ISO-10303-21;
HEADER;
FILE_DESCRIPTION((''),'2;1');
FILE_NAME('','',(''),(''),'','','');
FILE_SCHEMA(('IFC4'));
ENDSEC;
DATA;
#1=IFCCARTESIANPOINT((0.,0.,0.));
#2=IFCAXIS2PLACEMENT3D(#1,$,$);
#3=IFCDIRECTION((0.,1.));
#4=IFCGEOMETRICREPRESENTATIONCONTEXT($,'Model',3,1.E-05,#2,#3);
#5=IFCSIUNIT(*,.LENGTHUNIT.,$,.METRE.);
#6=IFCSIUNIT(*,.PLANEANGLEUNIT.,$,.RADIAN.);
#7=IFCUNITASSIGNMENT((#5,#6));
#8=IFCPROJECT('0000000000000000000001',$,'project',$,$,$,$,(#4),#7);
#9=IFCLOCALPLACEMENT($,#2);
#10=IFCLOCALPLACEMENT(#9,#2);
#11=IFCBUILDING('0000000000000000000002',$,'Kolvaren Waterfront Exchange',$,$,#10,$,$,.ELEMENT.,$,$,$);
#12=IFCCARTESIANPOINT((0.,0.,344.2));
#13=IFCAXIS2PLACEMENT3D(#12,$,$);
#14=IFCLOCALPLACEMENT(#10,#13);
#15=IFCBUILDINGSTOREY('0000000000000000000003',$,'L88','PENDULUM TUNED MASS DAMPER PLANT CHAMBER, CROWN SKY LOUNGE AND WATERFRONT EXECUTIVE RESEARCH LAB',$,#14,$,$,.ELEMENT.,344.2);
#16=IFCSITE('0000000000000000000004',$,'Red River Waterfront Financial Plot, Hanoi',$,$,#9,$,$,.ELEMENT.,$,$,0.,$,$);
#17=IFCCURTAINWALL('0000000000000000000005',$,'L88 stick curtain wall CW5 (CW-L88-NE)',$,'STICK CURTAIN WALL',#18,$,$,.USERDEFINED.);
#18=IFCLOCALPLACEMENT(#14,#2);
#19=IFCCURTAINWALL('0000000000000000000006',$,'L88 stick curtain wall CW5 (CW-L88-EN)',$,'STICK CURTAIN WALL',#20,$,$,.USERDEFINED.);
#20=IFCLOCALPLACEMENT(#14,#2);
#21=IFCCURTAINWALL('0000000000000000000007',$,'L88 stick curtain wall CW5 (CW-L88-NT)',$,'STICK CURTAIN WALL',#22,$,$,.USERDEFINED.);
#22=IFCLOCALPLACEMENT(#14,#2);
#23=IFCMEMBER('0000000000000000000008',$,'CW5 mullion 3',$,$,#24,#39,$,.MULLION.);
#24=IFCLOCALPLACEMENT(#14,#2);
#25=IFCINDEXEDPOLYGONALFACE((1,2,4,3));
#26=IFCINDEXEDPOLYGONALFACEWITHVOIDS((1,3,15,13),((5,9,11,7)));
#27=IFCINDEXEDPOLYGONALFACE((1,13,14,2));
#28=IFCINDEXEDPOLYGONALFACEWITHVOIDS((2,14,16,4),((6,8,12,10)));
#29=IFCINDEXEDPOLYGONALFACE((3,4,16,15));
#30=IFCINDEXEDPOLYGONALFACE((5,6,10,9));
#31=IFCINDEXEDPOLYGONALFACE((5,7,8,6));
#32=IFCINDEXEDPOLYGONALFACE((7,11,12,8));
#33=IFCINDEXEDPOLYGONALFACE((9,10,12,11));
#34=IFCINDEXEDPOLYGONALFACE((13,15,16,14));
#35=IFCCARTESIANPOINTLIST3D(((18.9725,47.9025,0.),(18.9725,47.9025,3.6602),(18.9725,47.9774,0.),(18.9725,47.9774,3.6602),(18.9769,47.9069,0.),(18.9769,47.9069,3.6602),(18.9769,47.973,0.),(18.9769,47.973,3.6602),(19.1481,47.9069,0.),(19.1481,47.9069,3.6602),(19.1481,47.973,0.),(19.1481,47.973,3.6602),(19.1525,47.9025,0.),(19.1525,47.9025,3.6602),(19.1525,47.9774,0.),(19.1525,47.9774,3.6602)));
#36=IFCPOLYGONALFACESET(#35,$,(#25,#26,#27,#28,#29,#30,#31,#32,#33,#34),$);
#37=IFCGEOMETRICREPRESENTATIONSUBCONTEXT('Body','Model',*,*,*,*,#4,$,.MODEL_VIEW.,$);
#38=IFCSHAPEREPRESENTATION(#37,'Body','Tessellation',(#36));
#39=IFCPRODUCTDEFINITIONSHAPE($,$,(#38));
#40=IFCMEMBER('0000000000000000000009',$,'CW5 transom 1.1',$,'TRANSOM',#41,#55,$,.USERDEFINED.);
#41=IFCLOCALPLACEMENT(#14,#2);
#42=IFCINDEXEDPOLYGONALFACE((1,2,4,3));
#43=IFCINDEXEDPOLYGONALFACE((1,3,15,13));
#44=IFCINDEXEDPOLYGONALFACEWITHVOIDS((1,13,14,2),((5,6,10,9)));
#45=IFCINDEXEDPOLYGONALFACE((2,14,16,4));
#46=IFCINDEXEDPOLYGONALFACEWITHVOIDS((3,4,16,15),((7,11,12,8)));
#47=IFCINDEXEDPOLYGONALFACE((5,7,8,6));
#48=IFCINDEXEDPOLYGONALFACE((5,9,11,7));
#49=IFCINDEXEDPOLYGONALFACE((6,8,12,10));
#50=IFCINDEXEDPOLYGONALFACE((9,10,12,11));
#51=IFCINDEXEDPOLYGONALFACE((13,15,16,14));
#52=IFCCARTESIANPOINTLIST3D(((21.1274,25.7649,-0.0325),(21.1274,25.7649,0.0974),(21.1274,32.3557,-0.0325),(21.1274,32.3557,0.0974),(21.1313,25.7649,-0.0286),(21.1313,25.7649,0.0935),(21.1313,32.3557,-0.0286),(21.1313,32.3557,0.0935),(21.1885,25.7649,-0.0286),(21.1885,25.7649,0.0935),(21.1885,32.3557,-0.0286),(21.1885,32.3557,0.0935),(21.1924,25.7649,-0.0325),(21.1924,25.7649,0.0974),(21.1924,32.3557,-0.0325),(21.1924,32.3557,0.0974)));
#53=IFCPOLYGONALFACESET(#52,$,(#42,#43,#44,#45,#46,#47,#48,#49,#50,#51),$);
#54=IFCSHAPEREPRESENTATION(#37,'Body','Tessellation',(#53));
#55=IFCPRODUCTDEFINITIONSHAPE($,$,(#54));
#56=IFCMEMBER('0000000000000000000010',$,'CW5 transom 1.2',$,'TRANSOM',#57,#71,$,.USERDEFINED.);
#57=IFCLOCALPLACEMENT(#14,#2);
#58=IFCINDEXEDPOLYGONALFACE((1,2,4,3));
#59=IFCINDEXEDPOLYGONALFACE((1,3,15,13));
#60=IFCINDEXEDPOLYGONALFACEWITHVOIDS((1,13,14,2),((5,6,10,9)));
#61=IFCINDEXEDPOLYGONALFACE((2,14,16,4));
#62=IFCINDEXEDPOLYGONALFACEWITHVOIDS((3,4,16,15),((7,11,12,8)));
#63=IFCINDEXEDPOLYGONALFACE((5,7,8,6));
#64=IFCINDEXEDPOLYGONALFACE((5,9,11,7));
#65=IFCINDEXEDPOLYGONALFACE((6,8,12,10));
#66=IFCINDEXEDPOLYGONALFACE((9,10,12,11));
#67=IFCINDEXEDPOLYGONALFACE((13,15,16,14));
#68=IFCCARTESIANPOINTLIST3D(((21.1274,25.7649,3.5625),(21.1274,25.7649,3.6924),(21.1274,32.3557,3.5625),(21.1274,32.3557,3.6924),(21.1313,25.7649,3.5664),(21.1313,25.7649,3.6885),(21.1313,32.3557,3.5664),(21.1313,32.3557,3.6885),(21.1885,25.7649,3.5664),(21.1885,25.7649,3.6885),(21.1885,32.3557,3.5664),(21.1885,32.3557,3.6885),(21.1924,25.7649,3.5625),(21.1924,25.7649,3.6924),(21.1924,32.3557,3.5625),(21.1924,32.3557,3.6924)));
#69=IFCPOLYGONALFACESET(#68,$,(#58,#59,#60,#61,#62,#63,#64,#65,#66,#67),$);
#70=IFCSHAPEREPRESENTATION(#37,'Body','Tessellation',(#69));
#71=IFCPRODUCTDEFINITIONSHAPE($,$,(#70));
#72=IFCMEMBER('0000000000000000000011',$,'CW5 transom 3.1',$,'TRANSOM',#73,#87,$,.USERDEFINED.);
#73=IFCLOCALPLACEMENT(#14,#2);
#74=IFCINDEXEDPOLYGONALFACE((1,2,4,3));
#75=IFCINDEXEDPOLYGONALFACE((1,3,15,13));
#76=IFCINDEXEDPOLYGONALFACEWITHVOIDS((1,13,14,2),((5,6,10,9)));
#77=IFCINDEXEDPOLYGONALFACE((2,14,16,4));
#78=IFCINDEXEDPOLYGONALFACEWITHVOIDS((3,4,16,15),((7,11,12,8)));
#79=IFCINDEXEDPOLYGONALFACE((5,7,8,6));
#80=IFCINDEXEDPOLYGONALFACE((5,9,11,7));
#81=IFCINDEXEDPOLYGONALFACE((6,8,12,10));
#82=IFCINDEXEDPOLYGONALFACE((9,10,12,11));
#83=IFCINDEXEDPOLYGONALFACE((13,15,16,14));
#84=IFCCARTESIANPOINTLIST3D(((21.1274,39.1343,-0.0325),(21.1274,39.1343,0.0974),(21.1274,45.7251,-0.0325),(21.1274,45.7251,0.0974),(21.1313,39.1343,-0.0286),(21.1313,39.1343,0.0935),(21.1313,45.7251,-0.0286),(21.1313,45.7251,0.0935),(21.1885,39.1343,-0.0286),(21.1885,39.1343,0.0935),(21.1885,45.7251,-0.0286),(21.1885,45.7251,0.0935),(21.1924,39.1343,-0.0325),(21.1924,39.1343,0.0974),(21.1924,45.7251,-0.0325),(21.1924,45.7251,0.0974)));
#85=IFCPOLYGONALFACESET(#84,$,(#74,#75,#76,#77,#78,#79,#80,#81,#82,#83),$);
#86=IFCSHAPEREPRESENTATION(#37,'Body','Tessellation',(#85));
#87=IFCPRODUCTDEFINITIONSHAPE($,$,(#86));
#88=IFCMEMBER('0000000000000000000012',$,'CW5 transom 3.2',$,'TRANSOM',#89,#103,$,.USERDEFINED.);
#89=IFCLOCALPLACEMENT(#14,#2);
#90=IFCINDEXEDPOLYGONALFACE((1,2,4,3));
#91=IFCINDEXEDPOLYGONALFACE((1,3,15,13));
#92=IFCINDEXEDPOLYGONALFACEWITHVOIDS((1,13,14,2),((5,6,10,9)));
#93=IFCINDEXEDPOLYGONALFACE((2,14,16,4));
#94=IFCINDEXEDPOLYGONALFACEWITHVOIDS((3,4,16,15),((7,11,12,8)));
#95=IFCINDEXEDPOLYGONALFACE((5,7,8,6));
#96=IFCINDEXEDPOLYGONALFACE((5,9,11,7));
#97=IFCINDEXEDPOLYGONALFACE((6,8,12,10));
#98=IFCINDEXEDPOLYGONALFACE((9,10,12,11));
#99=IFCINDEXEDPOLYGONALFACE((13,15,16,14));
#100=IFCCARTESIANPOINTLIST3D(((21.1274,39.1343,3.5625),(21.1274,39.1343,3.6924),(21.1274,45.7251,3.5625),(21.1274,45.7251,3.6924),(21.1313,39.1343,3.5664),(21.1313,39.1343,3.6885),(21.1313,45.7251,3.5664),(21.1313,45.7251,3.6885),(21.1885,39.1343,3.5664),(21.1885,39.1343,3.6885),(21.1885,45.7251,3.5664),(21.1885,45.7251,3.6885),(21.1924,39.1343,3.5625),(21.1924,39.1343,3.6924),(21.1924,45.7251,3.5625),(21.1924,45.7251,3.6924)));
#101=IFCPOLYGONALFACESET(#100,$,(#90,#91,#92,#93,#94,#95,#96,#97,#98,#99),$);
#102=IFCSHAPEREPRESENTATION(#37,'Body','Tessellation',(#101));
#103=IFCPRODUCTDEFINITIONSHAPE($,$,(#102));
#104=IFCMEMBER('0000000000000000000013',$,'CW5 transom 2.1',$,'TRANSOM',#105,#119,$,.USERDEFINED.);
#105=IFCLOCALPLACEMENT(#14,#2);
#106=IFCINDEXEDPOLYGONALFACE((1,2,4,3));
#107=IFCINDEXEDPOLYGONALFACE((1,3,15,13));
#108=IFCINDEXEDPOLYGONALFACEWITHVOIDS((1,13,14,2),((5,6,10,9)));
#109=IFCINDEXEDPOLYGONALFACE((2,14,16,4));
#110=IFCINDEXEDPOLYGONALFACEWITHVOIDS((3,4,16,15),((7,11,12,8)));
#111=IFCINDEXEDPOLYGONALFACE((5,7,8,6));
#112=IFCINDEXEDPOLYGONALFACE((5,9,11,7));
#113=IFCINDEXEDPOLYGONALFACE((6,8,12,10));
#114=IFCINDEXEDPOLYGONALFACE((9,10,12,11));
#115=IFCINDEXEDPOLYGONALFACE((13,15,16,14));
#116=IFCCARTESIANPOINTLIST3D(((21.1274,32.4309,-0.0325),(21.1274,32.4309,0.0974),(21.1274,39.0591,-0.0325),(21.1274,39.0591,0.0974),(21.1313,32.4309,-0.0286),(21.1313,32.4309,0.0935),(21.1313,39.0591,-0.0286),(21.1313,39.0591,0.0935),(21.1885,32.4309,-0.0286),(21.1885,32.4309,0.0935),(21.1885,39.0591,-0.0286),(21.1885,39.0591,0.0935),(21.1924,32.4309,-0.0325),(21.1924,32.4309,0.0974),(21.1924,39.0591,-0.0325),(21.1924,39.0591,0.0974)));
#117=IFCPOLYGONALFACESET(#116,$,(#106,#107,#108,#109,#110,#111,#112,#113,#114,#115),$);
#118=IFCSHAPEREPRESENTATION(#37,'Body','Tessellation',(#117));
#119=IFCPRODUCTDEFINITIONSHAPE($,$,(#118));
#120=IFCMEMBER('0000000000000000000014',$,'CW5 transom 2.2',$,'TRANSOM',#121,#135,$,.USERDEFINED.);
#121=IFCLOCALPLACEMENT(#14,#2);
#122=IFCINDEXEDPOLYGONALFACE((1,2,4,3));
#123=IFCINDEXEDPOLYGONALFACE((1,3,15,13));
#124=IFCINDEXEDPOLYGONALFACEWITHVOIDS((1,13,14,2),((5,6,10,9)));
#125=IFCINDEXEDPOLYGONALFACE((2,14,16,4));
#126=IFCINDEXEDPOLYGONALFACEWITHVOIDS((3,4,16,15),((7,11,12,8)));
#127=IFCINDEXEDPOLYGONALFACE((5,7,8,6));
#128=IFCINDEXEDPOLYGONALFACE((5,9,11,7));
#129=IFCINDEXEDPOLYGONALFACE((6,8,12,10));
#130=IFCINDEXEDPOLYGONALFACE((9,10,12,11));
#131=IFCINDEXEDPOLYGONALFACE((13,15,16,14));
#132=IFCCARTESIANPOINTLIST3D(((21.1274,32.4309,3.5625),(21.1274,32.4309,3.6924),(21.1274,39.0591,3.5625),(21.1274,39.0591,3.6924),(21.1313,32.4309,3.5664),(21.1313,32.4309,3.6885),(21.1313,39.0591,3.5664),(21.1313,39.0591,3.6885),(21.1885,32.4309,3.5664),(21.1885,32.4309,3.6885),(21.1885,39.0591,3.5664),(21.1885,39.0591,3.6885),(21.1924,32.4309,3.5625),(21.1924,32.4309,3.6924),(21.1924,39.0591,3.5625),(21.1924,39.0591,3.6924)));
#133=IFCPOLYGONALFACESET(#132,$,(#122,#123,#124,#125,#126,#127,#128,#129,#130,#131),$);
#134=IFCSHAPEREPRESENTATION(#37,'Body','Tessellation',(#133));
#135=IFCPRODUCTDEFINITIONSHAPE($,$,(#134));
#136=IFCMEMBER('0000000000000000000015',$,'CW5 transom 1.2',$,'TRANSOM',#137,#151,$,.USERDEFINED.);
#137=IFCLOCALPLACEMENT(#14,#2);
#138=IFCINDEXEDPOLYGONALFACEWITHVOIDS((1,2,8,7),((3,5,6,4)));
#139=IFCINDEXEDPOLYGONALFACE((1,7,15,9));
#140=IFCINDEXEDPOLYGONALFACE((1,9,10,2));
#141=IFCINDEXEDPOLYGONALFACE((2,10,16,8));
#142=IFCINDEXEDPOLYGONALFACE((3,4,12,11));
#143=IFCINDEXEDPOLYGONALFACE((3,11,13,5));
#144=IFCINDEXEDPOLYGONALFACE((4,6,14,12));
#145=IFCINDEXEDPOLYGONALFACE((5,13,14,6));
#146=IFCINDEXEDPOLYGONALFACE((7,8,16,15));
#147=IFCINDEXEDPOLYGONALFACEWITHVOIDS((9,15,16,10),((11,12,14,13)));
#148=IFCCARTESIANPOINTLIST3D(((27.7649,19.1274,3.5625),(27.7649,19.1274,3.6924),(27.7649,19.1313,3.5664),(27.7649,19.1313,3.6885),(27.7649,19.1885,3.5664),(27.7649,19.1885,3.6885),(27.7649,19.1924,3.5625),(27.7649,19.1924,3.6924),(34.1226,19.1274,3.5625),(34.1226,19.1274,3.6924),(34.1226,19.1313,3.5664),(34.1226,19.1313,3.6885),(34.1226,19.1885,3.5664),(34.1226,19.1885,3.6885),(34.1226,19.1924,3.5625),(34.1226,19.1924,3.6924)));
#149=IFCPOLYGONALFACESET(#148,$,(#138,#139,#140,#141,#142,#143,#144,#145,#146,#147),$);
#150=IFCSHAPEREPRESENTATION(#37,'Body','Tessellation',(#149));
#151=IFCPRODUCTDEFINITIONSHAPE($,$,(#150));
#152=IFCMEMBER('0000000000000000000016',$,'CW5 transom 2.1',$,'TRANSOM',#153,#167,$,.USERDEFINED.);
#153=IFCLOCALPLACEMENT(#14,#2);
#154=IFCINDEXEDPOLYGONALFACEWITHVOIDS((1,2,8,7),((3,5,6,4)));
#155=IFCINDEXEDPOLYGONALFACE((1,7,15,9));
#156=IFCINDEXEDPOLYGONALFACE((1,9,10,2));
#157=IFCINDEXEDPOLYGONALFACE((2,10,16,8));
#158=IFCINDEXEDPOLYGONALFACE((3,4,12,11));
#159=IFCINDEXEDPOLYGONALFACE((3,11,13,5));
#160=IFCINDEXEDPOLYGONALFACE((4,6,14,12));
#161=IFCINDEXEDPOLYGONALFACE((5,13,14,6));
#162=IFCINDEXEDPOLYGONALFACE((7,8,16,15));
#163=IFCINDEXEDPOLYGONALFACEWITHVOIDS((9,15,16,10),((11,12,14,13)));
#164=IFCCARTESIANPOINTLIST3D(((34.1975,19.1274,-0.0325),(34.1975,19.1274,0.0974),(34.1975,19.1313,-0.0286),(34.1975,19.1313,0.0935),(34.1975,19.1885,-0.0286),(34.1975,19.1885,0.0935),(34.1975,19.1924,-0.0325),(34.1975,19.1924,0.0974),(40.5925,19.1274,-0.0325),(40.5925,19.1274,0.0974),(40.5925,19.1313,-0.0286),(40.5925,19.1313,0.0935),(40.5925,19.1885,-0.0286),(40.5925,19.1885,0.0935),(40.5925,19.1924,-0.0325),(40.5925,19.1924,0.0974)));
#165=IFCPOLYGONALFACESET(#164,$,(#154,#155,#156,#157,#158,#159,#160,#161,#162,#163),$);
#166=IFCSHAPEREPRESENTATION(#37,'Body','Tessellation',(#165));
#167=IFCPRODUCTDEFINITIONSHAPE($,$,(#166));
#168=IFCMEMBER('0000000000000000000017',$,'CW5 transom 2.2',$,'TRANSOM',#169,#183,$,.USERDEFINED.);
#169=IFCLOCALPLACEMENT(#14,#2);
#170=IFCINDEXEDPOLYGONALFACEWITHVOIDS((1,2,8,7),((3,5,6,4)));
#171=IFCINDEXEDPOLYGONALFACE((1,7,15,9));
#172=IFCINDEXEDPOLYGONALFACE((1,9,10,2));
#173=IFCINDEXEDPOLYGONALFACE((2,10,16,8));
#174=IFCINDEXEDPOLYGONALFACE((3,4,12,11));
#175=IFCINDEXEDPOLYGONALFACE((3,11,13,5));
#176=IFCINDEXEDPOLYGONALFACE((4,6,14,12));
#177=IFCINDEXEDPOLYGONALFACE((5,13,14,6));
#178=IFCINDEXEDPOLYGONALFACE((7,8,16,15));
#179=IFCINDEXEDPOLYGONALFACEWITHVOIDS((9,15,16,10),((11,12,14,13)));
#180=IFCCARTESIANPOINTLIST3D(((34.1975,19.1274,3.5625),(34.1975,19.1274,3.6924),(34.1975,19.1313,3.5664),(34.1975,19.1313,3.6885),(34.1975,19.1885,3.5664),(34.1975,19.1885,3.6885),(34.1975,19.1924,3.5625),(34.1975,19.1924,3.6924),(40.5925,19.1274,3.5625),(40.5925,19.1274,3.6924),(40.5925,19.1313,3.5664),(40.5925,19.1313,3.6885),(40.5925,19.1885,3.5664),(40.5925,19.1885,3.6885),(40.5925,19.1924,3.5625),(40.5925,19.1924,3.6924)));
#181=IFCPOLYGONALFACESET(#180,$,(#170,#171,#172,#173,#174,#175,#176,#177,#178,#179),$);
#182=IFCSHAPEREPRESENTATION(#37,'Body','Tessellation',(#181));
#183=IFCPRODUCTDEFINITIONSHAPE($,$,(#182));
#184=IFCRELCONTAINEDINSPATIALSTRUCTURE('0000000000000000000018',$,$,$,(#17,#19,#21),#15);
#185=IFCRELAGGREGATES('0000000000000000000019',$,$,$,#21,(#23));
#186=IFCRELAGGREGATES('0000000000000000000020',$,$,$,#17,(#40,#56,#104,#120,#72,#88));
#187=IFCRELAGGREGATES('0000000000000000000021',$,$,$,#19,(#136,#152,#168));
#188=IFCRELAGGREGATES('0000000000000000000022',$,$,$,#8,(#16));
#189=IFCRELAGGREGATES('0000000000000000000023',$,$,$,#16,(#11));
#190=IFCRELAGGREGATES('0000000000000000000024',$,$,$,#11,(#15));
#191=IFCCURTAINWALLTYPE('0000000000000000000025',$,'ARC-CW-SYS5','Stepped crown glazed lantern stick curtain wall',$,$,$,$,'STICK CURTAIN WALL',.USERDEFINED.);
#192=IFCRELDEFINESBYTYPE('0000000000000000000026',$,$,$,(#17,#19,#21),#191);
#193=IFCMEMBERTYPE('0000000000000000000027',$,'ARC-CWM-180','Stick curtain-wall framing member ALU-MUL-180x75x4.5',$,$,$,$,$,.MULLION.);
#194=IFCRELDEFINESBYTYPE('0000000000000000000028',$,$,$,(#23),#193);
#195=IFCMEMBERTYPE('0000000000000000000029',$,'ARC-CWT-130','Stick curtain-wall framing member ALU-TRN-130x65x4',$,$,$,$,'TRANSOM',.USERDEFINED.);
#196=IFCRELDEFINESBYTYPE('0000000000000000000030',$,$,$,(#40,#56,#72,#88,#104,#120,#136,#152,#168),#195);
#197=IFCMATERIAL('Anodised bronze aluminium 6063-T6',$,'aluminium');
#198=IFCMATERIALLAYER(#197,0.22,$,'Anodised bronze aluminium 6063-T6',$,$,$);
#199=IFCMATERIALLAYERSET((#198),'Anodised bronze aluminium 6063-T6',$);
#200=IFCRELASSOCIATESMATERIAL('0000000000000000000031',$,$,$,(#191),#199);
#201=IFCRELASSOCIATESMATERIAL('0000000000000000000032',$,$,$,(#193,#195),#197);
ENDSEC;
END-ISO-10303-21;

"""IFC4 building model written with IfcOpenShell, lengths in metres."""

from ifc_helpers import new_model, si_unit, direction, frame, origin, origin_with_axes, origin_2d, place, context, subcontext, project, spatial, hollow_rectangle, extrude, source, transform, mapped, material, layer, layer_set, material_profile, profile_set, type_object, element, aggregate, save


model = new_model("IFC4")

# Units and contexts
model_context = context("Model", 3, precision=1e-05, world=origin(), true_north=direction((0.0, 1.0)))
body_context = subcontext(model_context, "Body", "Model", "MODEL_VIEW")
ifc_project = project(units=[si_unit("LENGTHUNIT", "METRE"), si_unit("PLANEANGLEUNIT", "RADIAN")], contexts=[model_context])

# Site, building, storey
site_placement = place(None, origin())
site = spatial("IfcSite", under=ifc_project, at=site_placement, Name="Red River Waterfront Financial Plot, Hanoi", CompositionType="ELEMENT", RefElevation=0.0)
building_placement = place(site_placement, origin())
building = spatial("IfcBuilding", under=site, at=building_placement, Name="Kolvaren Waterfront Exchange", CompositionType="ELEMENT")
storey_placement = place(building_placement, frame((0.0, 0.0, 344.2)))
storey = spatial("IfcBuildingStorey", under=building, at=storey_placement, Name="L88", Description="PENDULUM TUNED MASS DAMPER PLANT CHAMBER, CROWN SKY LOUNGE AND WATERFRONT EXECUTIVE RESEARCH LAB", CompositionType="ELEMENT", Elevation=344.2)

# Curtain walls
ifc_material_1 = material(Name="Anodised bronze aluminium 6063-T6", Category="aluminium")
ifc_layer_1 = layer(ifc_material_1, 0.22, Name="Anodised bronze aluminium 6063-T6")
ifc_layer_set_1 = layer_set([ifc_layer_1], Name="Anodised bronze aluminium 6063-T6")
curtain_wall_type = type_object("IfcCurtainWallType", Name="ARC-CW-SYS5", Description="Stepped crown glazed lantern stick curtain wall", ElementType="STICK CURTAIN WALL", PredefinedType="USERDEFINED", material=ifc_layer_set_1)
curtain_wall_1_placement = place(storey_placement, origin())
curtain_wall_1 = element("IfcCurtainWall", 1, at=curtain_wall_1_placement, inside=storey, type_object=curtain_wall_type, Name="L88 stick curtain wall CW5 (CW-L88-NE)", ObjectType="STICK CURTAIN WALL", PredefinedType="USERDEFINED")
ifc_material_profile_1 = material_profile(ifc_material_1, hollow_rectangle(XDim=0.075, YDim=0.1799, WallThickness=0.0044, at=origin_2d()), Name="ALU-MUL-180x75x4.5")
ifc_profile_set_1 = profile_set([ifc_material_profile_1], Name="Anodised bronze aluminium 6063-T6")
member_type_1 = type_object("IfcMemberType", Name="ARC-CWM-180", Description="Stick curtain-wall framing member ALU-MUL-180x75x4.5", PredefinedType="MULLION", material=ifc_profile_set_1)
shared_shape_1 = source(origin_with_axes(), body_context, "Body", "SweptSolid", [
    extrude(hollow_rectangle(XDim=0.075, YDim=0.1799, WallThickness=0.0044, at=origin_2d()), origin(), (0.0, 0.0, 1.0), 3.6602),
])
curtain_wall_2_placement = place(storey_placement, origin())
curtain_wall_2 = element("IfcCurtainWall", 2, at=curtain_wall_2_placement, inside=storey, type_object=curtain_wall_type, Name="L88 stick curtain wall CW5 (CW-L88-EN)", ObjectType="STICK CURTAIN WALL", PredefinedType="USERDEFINED")

# Curtain wall, member
curtain_wall_3_placement = place(storey_placement, origin())
curtain_wall_3 = element("IfcCurtainWall", 3, at=curtain_wall_3_placement, inside=storey, type_object=curtain_wall_type, Name="L88 stick curtain wall CW5 (CW-L88-NT)", ObjectType="STICK CURTAIN WALL", PredefinedType="USERDEFINED")
member_1_placement = place(storey_placement, frame((19.0625, 47.9399, 0.0), z_axis=(0.0, 0.0, 1.0), x_axis=(0.0, 1.0, 0.0)))
member_1 = element("IfcMember", 4, at=member_1_placement, type_object=member_type_1, Name="CW5 mullion 3", PredefinedType="MULLION", context=body_context, shape_type="MappedRepresentation", body=[
    mapped(shared_shape_1, transform((0.0, 0.0, 0.0), x_axis=(1.0, 0.0, 0.0), y_axis=(0.0, 1.0, 0.0), z_axis=(0.0, 0.0, 1.0), scale=1.0)),
])
aggregate(curtain_wall_3, [member_1])

# Members
ifc_material_profile_2 = material_profile(ifc_material_1, hollow_rectangle(XDim=0.0649, YDim=0.1299, WallThickness=0.0039, at=origin_2d()), Name="ALU-TRN-130x65x4")
ifc_profile_set_2 = profile_set([ifc_material_profile_2], Name="Anodised bronze aluminium 6063-T6")
member_type_2 = type_object("IfcMemberType", Name="ARC-CWT-130", Description="Stick curtain-wall framing member ALU-TRN-130x65x4", ElementType="TRANSOM", PredefinedType="USERDEFINED", material=ifc_profile_set_2)
shared_shape_2 = source(origin_with_axes(), body_context, "Body", "SweptSolid", [
    extrude(hollow_rectangle(XDim=0.0649, YDim=0.1299, WallThickness=0.0039, at=origin_2d()), origin(), (0.0, 0.0, 1.0), 6.5908),
])
member_2_placement = place(storey_placement, frame((21.1599, 25.7649, 0.0325), z_axis=(0.0, 1.0, 0.0), x_axis=(-1.0, 0.0, 0.0)))
member_2 = element("IfcMember", 5, at=member_2_placement, type_object=member_type_2, Name="CW5 transom 1.1", ObjectType="TRANSOM", PredefinedType="USERDEFINED", context=body_context, shape_type="MappedRepresentation", body=[
    mapped(shared_shape_2, transform((0.0, 0.0, 0.0), x_axis=(1.0, 0.0, 0.0), y_axis=(0.0, 1.0, 0.0), z_axis=(0.0, 0.0, 1.0), scale=1.0)),
])
member_3_placement = place(storey_placement, frame((21.1599, 25.7649, 3.6274), z_axis=(0.0, 1.0, 0.0), x_axis=(-1.0, 0.0, 0.0)))
member_3 = element("IfcMember", 6, at=member_3_placement, type_object=member_type_2, Name="CW5 transom 1.2", ObjectType="TRANSOM", PredefinedType="USERDEFINED", context=body_context, shape_type="MappedRepresentation", body=[
    mapped(shared_shape_2, transform((0.0, 0.0, 0.0), x_axis=(1.0, 0.0, 0.0), y_axis=(0.0, 1.0, 0.0), z_axis=(0.0, 0.0, 1.0), scale=1.0)),
])
member_4_placement = place(storey_placement, frame((21.1599, 39.1343, 0.0325), z_axis=(0.0, 1.0, 0.0), x_axis=(-1.0, 0.0, 0.0)))
member_4 = element("IfcMember", 7, at=member_4_placement, type_object=member_type_2, Name="CW5 transom 3.1", ObjectType="TRANSOM", PredefinedType="USERDEFINED", context=body_context, shape_type="MappedRepresentation", body=[
    mapped(shared_shape_2, transform((0.0, 0.0, 0.0), x_axis=(1.0, 0.0, 0.0), y_axis=(0.0, 1.0, 0.0), z_axis=(0.0, 0.0, 1.0), scale=1.0)),
])
member_5_placement = place(storey_placement, frame((21.1599, 39.1343, 3.6274), z_axis=(0.0, 1.0, 0.0), x_axis=(-1.0, 0.0, 0.0)))
member_5 = element("IfcMember", 8, at=member_5_placement, type_object=member_type_2, Name="CW5 transom 3.2", ObjectType="TRANSOM", PredefinedType="USERDEFINED", context=body_context, shape_type="MappedRepresentation", body=[
    mapped(shared_shape_2, transform((0.0, 0.0, 0.0), x_axis=(1.0, 0.0, 0.0), y_axis=(0.0, 1.0, 0.0), z_axis=(0.0, 0.0, 1.0), scale=1.0)),
])
shared_shape_3 = source(origin_with_axes(), body_context, "Body", "SweptSolid", [
    extrude(hollow_rectangle(XDim=0.0649, YDim=0.1299, WallThickness=0.0039, at=origin_2d()), origin(), (0.0, 0.0, 1.0), 6.6282),
])
member_6_placement = place(storey_placement, frame((21.1599, 32.4309, 0.0325), z_axis=(0.0, 1.0, 0.0), x_axis=(-1.0, 0.0, 0.0)))
member_6 = element("IfcMember", 9, at=member_6_placement, type_object=member_type_2, Name="CW5 transom 2.1", ObjectType="TRANSOM", PredefinedType="USERDEFINED", context=body_context, shape_type="MappedRepresentation", body=[
    mapped(shared_shape_3, transform((0.0, 0.0, 0.0), x_axis=(1.0, 0.0, 0.0), y_axis=(0.0, 1.0, 0.0), z_axis=(0.0, 0.0, 1.0), scale=1.0)),
])
member_7_placement = place(storey_placement, frame((21.1599, 32.4309, 3.6274), z_axis=(0.0, 1.0, 0.0), x_axis=(-1.0, 0.0, 0.0)))
member_7 = element("IfcMember", 10, at=member_7_placement, type_object=member_type_2, Name="CW5 transom 2.2", ObjectType="TRANSOM", PredefinedType="USERDEFINED", context=body_context, shape_type="MappedRepresentation", body=[
    mapped(shared_shape_3, transform((0.0, 0.0, 0.0), x_axis=(1.0, 0.0, 0.0), y_axis=(0.0, 1.0, 0.0), z_axis=(0.0, 0.0, 1.0), scale=1.0)),
])
shared_shape_4 = source(origin_with_axes(), body_context, "Body", "SweptSolid", [
    extrude(hollow_rectangle(XDim=0.0649, YDim=0.1299, WallThickness=0.0039, at=origin_2d()), origin(), (0.0, 0.0, 1.0), 6.3577),
])
member_8_placement = place(storey_placement, frame((27.7649, 19.1599, 3.6274), z_axis=(1.0, 0.0, 0.0), x_axis=(0.0, 1.0, 0.0)))
member_8 = element("IfcMember", 11, at=member_8_placement, type_object=member_type_2, Name="CW5 transom 1.2", ObjectType="TRANSOM", PredefinedType="USERDEFINED", context=body_context, shape_type="MappedRepresentation", body=[
    mapped(shared_shape_4, transform((0.0, 0.0, 0.0), x_axis=(1.0, 0.0, 0.0), y_axis=(0.0, 1.0, 0.0), z_axis=(0.0, 0.0, 1.0), scale=1.0)),
])
shared_shape_5 = source(origin_with_axes(), body_context, "Body", "SweptSolid", [
    extrude(hollow_rectangle(XDim=0.0649, YDim=0.1299, WallThickness=0.0039, at=origin_2d()), origin(), (0.0, 0.0, 1.0), 6.395),
])
member_9_placement = place(storey_placement, frame((34.1975, 19.1599, 0.0325), z_axis=(1.0, 0.0, 0.0), x_axis=(0.0, 1.0, 0.0)))
member_9 = element("IfcMember", 12, at=member_9_placement, type_object=member_type_2, Name="CW5 transom 2.1", ObjectType="TRANSOM", PredefinedType="USERDEFINED", context=body_context, shape_type="MappedRepresentation", body=[
    mapped(shared_shape_5, transform((0.0, 0.0, 0.0), x_axis=(1.0, 0.0, 0.0), y_axis=(0.0, 1.0, 0.0), z_axis=(0.0, 0.0, 1.0), scale=1.0)),
])
member_10_placement = place(storey_placement, frame((34.1975, 19.1599, 3.6274), z_axis=(1.0, 0.0, 0.0), x_axis=(0.0, 1.0, 0.0)))
member_10 = element("IfcMember", 13, at=member_10_placement, type_object=member_type_2, Name="CW5 transom 2.2", ObjectType="TRANSOM", PredefinedType="USERDEFINED", context=body_context, shape_type="MappedRepresentation", body=[
    mapped(shared_shape_5, transform((0.0, 0.0, 0.0), x_axis=(1.0, 0.0, 0.0), y_axis=(0.0, 1.0, 0.0), z_axis=(0.0, 0.0, 1.0), scale=1.0)),
])

aggregate(curtain_wall_1, [member_2, member_3, member_6, member_7, member_4, member_5])
aggregate(curtain_wall_2, [member_8, member_9, member_10])

save(model, "model.ifc")
